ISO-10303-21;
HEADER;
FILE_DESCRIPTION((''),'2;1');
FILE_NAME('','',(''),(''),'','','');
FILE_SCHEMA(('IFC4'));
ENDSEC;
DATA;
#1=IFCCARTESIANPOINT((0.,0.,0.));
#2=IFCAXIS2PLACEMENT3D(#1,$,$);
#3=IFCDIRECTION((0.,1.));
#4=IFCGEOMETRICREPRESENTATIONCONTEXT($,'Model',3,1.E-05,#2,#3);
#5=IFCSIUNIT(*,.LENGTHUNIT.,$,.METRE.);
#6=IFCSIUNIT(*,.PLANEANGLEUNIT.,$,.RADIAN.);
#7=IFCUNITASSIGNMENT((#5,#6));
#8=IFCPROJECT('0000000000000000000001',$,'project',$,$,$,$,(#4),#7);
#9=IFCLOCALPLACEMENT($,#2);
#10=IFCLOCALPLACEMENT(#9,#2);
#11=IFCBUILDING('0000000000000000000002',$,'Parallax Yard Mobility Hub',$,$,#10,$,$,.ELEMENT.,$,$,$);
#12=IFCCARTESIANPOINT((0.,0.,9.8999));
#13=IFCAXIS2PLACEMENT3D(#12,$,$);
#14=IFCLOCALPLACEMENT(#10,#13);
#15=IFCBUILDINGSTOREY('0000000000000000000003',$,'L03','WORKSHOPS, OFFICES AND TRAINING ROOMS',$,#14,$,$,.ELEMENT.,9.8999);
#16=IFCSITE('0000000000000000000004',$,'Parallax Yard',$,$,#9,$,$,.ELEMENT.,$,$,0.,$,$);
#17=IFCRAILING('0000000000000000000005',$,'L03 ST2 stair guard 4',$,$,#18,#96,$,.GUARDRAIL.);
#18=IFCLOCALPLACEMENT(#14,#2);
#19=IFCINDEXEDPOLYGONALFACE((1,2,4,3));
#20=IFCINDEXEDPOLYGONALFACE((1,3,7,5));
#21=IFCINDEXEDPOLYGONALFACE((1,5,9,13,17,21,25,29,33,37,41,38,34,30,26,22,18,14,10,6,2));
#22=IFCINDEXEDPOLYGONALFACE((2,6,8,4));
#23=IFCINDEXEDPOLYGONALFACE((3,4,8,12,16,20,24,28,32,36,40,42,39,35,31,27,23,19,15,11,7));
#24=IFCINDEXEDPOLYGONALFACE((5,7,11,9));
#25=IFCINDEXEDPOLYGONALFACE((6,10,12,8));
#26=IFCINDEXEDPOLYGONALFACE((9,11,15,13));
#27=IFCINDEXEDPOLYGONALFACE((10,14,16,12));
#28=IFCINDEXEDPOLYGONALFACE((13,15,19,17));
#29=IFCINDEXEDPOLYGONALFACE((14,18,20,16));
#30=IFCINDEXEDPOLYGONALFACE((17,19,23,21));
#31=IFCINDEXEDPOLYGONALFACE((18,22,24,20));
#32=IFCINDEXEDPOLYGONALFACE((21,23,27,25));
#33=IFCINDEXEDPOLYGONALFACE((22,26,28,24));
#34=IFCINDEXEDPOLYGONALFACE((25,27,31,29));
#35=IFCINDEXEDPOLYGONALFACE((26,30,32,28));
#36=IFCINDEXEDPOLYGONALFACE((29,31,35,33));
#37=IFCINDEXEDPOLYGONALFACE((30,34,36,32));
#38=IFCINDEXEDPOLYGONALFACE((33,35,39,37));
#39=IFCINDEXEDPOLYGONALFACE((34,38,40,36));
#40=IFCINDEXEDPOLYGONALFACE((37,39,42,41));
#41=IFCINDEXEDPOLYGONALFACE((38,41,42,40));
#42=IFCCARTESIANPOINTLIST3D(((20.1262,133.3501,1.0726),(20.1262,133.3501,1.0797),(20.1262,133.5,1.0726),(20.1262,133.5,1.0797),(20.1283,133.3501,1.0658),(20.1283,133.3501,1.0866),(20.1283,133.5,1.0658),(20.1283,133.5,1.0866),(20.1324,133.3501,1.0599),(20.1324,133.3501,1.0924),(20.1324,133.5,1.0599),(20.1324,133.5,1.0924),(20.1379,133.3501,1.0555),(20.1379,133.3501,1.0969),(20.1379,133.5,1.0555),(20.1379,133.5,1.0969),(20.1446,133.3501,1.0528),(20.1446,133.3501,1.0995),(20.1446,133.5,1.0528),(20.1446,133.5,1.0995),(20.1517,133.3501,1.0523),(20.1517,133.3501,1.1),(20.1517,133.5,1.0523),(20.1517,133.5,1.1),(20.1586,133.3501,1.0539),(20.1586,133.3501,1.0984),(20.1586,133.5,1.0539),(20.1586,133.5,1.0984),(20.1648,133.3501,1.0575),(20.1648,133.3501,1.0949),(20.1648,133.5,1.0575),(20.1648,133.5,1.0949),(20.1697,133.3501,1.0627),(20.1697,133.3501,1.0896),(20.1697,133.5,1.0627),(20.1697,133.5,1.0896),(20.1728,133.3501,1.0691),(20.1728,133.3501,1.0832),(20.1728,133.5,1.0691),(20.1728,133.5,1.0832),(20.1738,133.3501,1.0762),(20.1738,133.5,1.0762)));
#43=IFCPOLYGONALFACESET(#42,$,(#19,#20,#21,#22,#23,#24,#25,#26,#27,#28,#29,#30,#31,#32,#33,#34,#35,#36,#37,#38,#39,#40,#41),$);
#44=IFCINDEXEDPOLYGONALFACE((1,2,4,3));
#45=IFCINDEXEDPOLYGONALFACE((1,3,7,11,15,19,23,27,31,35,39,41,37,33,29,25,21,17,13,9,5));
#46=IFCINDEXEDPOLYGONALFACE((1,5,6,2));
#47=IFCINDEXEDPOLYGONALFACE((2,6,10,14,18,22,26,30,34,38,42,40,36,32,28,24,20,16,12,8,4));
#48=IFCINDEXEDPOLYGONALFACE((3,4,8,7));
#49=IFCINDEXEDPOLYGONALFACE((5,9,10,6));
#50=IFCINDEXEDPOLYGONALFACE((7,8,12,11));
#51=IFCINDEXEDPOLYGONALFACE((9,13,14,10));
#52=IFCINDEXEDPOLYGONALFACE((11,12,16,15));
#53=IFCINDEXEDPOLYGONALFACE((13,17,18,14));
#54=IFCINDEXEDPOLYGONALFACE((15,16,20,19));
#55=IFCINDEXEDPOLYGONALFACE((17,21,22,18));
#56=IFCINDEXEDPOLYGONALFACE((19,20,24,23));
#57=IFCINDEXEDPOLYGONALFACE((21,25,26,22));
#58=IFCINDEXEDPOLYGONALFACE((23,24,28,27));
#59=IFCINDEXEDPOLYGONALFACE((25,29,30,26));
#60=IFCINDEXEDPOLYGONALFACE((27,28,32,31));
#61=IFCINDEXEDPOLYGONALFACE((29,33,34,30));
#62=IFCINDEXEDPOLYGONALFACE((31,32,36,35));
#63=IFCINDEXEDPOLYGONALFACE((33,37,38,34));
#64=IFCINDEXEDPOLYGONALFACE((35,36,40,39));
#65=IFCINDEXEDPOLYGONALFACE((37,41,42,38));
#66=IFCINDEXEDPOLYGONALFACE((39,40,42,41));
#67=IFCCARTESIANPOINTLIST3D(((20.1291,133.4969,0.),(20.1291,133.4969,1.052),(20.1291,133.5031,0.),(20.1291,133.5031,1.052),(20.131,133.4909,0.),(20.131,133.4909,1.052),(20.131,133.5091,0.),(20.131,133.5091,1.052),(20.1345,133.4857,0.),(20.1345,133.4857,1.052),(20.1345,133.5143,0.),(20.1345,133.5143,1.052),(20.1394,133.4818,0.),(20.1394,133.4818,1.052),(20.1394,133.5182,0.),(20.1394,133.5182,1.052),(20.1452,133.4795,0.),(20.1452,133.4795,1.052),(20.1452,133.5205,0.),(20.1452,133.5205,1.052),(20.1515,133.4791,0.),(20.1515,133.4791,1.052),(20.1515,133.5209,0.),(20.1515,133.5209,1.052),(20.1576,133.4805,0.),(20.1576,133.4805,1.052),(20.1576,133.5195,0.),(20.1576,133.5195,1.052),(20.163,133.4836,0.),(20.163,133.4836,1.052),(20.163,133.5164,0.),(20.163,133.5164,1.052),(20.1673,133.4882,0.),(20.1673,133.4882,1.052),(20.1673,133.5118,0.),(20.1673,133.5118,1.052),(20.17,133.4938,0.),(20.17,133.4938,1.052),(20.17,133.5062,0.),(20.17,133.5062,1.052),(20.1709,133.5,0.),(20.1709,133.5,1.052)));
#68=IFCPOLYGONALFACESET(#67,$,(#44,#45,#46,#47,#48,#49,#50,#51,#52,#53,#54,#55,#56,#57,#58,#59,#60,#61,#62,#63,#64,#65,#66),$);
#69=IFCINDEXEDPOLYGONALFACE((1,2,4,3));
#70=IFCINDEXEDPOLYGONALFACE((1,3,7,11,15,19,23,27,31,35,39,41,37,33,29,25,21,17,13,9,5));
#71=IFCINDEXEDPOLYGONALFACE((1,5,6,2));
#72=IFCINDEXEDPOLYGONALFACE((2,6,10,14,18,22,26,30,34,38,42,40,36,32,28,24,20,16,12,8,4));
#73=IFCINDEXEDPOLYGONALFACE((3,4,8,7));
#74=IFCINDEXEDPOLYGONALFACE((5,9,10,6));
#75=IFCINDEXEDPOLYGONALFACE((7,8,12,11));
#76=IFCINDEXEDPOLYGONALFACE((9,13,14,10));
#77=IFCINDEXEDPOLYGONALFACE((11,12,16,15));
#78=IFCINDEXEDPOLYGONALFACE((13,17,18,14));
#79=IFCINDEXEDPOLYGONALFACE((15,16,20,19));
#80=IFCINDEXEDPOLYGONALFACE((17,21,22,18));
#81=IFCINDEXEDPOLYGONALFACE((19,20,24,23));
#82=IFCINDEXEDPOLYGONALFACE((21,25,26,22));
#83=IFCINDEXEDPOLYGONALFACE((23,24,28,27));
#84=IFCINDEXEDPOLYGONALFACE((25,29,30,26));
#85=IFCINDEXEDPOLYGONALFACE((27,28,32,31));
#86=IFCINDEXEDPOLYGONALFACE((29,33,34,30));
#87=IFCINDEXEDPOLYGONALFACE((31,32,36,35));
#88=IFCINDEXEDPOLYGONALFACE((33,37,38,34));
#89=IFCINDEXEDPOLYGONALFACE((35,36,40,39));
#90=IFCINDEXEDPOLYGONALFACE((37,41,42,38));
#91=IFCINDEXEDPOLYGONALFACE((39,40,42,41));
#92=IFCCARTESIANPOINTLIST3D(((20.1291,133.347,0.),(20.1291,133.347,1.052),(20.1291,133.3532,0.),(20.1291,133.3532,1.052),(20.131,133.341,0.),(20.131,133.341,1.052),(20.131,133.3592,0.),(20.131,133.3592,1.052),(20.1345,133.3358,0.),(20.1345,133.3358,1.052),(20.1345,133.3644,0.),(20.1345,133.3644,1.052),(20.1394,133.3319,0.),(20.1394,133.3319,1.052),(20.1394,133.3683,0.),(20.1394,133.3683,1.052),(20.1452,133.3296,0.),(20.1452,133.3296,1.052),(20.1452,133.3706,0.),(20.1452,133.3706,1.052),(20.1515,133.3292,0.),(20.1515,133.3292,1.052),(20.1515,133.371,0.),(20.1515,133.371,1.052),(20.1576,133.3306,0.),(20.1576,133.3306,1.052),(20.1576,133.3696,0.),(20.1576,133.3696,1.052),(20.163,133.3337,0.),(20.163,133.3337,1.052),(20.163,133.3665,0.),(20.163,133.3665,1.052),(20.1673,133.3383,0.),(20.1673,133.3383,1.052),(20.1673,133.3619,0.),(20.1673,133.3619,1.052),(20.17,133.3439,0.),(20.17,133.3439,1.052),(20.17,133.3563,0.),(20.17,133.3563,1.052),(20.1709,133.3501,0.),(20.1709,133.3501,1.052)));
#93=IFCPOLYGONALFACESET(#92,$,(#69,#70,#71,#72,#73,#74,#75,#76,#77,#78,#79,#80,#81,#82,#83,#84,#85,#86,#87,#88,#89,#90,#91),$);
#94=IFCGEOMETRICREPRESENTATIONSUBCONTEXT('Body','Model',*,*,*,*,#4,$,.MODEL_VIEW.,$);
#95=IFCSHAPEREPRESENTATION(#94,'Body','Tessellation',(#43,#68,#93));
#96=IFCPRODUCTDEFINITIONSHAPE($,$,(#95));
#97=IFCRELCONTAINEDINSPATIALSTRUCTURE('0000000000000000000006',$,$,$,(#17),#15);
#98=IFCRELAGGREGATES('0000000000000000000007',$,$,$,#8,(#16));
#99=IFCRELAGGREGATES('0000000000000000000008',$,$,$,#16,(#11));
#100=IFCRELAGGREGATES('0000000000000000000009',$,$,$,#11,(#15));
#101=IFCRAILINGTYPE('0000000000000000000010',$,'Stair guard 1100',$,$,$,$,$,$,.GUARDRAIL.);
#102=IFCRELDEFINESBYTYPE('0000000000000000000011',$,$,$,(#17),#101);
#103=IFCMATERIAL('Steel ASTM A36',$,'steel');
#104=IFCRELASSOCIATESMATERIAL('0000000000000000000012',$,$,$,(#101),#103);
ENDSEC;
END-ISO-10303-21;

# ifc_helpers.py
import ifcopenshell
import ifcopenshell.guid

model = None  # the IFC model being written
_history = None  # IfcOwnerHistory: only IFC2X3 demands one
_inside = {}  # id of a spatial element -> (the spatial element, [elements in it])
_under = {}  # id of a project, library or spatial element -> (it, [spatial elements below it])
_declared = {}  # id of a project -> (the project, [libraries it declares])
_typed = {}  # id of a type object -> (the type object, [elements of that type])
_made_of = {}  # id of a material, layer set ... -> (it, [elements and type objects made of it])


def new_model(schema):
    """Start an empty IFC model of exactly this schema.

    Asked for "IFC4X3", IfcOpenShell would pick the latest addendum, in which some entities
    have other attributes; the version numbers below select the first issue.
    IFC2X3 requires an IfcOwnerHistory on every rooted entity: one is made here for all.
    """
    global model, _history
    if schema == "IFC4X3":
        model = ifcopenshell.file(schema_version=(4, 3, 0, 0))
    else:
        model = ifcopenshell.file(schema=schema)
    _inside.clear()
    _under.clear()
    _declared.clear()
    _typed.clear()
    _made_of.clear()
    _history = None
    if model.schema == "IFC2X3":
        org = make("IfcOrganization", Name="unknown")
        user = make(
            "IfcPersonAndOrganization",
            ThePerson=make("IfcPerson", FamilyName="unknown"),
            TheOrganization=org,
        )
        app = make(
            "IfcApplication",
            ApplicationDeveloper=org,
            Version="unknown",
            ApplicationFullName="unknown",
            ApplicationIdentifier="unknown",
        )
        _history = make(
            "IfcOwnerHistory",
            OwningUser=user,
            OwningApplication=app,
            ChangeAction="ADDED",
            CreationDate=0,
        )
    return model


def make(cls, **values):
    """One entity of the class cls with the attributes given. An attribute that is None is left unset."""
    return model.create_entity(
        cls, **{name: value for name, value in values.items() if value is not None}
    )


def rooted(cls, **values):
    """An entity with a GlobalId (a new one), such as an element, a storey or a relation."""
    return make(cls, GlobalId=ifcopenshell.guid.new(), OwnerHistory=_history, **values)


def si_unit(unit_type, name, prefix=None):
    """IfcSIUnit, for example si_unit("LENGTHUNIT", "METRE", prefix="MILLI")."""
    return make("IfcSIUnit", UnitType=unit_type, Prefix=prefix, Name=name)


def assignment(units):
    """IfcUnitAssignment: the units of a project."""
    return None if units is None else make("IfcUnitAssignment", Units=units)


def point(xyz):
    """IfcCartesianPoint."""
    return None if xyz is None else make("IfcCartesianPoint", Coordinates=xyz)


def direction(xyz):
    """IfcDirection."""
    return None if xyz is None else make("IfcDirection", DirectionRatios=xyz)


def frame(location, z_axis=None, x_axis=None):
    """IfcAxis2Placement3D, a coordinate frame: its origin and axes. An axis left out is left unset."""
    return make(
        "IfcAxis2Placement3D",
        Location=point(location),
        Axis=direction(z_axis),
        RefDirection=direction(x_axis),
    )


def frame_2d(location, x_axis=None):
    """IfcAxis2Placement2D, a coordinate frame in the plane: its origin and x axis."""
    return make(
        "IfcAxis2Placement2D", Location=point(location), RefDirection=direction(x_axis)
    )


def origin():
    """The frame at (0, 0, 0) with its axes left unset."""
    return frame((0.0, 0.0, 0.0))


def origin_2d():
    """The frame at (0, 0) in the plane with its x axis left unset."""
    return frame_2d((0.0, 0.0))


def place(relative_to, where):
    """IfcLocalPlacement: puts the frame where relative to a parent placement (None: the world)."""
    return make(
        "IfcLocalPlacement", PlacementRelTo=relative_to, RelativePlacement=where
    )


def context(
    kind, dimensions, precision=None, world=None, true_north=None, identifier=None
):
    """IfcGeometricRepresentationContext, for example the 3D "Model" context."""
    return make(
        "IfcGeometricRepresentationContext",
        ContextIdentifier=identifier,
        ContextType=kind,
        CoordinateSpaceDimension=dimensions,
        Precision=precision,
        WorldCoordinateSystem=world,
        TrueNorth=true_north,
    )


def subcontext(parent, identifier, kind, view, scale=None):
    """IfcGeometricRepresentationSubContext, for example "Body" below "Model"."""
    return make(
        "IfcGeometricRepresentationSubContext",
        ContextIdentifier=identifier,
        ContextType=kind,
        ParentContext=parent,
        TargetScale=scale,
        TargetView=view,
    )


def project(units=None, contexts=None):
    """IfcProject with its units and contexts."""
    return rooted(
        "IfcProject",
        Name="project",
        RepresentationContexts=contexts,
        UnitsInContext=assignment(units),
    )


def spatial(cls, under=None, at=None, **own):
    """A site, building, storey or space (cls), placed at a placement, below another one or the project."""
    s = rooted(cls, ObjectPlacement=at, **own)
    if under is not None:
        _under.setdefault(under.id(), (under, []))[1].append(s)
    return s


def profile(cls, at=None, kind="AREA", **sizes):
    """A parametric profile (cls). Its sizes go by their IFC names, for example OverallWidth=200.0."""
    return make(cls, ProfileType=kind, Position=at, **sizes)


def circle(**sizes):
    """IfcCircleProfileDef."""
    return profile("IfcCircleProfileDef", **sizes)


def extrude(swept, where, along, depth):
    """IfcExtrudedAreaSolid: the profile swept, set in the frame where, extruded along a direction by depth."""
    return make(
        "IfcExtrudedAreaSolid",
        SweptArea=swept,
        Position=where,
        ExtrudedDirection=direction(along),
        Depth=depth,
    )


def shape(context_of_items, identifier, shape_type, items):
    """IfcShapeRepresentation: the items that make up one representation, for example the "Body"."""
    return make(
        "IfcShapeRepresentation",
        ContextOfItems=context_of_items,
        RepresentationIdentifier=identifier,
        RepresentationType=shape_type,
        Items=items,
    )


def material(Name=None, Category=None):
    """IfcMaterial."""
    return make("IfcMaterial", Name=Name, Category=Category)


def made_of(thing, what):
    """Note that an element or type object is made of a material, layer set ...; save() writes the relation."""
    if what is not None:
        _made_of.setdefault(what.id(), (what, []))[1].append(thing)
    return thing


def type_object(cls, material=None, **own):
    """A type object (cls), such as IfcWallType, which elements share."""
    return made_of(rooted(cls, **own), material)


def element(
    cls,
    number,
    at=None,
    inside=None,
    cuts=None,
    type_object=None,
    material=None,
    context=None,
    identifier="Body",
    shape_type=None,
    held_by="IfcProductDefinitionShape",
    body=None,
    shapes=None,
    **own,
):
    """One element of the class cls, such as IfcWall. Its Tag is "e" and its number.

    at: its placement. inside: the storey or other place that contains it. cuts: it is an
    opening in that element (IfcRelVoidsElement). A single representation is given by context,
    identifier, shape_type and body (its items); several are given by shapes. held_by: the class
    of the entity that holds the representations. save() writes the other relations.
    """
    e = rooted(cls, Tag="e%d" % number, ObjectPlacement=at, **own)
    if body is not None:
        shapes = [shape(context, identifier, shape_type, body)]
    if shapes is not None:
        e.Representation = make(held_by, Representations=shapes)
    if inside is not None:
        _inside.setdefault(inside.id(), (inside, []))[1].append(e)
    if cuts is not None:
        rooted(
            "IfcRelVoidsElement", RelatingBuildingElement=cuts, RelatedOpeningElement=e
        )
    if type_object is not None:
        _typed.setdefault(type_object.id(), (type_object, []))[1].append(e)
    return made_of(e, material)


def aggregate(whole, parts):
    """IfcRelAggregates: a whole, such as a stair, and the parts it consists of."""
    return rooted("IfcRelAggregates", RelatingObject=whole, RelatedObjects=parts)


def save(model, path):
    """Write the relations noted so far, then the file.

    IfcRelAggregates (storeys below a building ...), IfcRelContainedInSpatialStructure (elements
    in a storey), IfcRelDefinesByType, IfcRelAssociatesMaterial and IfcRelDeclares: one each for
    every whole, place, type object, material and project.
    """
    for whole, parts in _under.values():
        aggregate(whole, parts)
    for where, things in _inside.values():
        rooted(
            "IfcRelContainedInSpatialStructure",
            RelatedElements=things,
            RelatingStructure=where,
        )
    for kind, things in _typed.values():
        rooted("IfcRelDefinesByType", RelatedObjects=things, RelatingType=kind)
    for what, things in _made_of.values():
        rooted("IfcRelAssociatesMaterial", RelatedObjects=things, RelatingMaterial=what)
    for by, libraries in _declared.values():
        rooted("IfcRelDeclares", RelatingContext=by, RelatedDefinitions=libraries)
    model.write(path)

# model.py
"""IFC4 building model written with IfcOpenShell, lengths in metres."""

from ifc_helpers import new_model, si_unit, direction, frame, origin, origin_2d, place, context, subcontext, project, spatial, circle, extrude, material, type_object, element, save


model = new_model("IFC4")

# Units and contexts
model_context = context("Model", 3, precision=1e-05, world=origin(), true_north=direction((0.0, 1.0)))
body_context = subcontext(model_context, "Body", "Model", "MODEL_VIEW")
ifc_project = project(units=[si_unit("LENGTHUNIT", "METRE"), si_unit("PLANEANGLEUNIT", "RADIAN")], contexts=[model_context])

# Site, building, storey
site_placement = place(None, origin())
site = spatial("IfcSite", under=ifc_project, at=site_placement, Name="Parallax Yard", CompositionType="ELEMENT", RefElevation=0.0)
building_placement = place(site_placement, origin())
building = spatial("IfcBuilding", under=site, at=building_placement, Name="Parallax Yard Mobility Hub", CompositionType="ELEMENT")
storey_placement = place(building_placement, frame((0.0, 0.0, 9.8999)))
storey = spatial("IfcBuildingStorey", under=building, at=storey_placement, Name="L03", Description="WORKSHOPS, OFFICES AND TRAINING ROOMS", CompositionType="ELEMENT", Elevation=9.8999)

# Railing
ifc_material_1 = material(Name="Steel ASTM A36", Category="steel")
railing_type_1 = type_object("IfcRailingType", Name="Stair guard 1100", PredefinedType="GUARDRAIL", material=ifc_material_1)
railing_1_placement = place(storey_placement, frame((20.1499, 133.5, 0.0)))
element("IfcRailing", 1, at=railing_1_placement, inside=storey, type_object=railing_type_1, Name="L03 ST2 stair guard 4", PredefinedType="GUARDRAIL", context=body_context, shape_type="SweptSolid", body=[
    extrude(circle(Radius=0.0239, at=origin_2d()), frame((0.0, 0.0, 1.0762), z_axis=(0.0, -1.0, 0.0), x_axis=(1.0, 0.0, 0.0)), (0.0, 0.0, 1.0), 0.1499),
    extrude(circle(Radius=0.021, at=origin_2d()), origin(), (0.0, 0.0, 1.0), 1.052),
    extrude(circle(Radius=0.021, at=origin_2d()), frame((0.0, -0.1499, 0.0)), (0.0, 0.0, 1.0), 1.052),
])

save(model, "model.ifc")
